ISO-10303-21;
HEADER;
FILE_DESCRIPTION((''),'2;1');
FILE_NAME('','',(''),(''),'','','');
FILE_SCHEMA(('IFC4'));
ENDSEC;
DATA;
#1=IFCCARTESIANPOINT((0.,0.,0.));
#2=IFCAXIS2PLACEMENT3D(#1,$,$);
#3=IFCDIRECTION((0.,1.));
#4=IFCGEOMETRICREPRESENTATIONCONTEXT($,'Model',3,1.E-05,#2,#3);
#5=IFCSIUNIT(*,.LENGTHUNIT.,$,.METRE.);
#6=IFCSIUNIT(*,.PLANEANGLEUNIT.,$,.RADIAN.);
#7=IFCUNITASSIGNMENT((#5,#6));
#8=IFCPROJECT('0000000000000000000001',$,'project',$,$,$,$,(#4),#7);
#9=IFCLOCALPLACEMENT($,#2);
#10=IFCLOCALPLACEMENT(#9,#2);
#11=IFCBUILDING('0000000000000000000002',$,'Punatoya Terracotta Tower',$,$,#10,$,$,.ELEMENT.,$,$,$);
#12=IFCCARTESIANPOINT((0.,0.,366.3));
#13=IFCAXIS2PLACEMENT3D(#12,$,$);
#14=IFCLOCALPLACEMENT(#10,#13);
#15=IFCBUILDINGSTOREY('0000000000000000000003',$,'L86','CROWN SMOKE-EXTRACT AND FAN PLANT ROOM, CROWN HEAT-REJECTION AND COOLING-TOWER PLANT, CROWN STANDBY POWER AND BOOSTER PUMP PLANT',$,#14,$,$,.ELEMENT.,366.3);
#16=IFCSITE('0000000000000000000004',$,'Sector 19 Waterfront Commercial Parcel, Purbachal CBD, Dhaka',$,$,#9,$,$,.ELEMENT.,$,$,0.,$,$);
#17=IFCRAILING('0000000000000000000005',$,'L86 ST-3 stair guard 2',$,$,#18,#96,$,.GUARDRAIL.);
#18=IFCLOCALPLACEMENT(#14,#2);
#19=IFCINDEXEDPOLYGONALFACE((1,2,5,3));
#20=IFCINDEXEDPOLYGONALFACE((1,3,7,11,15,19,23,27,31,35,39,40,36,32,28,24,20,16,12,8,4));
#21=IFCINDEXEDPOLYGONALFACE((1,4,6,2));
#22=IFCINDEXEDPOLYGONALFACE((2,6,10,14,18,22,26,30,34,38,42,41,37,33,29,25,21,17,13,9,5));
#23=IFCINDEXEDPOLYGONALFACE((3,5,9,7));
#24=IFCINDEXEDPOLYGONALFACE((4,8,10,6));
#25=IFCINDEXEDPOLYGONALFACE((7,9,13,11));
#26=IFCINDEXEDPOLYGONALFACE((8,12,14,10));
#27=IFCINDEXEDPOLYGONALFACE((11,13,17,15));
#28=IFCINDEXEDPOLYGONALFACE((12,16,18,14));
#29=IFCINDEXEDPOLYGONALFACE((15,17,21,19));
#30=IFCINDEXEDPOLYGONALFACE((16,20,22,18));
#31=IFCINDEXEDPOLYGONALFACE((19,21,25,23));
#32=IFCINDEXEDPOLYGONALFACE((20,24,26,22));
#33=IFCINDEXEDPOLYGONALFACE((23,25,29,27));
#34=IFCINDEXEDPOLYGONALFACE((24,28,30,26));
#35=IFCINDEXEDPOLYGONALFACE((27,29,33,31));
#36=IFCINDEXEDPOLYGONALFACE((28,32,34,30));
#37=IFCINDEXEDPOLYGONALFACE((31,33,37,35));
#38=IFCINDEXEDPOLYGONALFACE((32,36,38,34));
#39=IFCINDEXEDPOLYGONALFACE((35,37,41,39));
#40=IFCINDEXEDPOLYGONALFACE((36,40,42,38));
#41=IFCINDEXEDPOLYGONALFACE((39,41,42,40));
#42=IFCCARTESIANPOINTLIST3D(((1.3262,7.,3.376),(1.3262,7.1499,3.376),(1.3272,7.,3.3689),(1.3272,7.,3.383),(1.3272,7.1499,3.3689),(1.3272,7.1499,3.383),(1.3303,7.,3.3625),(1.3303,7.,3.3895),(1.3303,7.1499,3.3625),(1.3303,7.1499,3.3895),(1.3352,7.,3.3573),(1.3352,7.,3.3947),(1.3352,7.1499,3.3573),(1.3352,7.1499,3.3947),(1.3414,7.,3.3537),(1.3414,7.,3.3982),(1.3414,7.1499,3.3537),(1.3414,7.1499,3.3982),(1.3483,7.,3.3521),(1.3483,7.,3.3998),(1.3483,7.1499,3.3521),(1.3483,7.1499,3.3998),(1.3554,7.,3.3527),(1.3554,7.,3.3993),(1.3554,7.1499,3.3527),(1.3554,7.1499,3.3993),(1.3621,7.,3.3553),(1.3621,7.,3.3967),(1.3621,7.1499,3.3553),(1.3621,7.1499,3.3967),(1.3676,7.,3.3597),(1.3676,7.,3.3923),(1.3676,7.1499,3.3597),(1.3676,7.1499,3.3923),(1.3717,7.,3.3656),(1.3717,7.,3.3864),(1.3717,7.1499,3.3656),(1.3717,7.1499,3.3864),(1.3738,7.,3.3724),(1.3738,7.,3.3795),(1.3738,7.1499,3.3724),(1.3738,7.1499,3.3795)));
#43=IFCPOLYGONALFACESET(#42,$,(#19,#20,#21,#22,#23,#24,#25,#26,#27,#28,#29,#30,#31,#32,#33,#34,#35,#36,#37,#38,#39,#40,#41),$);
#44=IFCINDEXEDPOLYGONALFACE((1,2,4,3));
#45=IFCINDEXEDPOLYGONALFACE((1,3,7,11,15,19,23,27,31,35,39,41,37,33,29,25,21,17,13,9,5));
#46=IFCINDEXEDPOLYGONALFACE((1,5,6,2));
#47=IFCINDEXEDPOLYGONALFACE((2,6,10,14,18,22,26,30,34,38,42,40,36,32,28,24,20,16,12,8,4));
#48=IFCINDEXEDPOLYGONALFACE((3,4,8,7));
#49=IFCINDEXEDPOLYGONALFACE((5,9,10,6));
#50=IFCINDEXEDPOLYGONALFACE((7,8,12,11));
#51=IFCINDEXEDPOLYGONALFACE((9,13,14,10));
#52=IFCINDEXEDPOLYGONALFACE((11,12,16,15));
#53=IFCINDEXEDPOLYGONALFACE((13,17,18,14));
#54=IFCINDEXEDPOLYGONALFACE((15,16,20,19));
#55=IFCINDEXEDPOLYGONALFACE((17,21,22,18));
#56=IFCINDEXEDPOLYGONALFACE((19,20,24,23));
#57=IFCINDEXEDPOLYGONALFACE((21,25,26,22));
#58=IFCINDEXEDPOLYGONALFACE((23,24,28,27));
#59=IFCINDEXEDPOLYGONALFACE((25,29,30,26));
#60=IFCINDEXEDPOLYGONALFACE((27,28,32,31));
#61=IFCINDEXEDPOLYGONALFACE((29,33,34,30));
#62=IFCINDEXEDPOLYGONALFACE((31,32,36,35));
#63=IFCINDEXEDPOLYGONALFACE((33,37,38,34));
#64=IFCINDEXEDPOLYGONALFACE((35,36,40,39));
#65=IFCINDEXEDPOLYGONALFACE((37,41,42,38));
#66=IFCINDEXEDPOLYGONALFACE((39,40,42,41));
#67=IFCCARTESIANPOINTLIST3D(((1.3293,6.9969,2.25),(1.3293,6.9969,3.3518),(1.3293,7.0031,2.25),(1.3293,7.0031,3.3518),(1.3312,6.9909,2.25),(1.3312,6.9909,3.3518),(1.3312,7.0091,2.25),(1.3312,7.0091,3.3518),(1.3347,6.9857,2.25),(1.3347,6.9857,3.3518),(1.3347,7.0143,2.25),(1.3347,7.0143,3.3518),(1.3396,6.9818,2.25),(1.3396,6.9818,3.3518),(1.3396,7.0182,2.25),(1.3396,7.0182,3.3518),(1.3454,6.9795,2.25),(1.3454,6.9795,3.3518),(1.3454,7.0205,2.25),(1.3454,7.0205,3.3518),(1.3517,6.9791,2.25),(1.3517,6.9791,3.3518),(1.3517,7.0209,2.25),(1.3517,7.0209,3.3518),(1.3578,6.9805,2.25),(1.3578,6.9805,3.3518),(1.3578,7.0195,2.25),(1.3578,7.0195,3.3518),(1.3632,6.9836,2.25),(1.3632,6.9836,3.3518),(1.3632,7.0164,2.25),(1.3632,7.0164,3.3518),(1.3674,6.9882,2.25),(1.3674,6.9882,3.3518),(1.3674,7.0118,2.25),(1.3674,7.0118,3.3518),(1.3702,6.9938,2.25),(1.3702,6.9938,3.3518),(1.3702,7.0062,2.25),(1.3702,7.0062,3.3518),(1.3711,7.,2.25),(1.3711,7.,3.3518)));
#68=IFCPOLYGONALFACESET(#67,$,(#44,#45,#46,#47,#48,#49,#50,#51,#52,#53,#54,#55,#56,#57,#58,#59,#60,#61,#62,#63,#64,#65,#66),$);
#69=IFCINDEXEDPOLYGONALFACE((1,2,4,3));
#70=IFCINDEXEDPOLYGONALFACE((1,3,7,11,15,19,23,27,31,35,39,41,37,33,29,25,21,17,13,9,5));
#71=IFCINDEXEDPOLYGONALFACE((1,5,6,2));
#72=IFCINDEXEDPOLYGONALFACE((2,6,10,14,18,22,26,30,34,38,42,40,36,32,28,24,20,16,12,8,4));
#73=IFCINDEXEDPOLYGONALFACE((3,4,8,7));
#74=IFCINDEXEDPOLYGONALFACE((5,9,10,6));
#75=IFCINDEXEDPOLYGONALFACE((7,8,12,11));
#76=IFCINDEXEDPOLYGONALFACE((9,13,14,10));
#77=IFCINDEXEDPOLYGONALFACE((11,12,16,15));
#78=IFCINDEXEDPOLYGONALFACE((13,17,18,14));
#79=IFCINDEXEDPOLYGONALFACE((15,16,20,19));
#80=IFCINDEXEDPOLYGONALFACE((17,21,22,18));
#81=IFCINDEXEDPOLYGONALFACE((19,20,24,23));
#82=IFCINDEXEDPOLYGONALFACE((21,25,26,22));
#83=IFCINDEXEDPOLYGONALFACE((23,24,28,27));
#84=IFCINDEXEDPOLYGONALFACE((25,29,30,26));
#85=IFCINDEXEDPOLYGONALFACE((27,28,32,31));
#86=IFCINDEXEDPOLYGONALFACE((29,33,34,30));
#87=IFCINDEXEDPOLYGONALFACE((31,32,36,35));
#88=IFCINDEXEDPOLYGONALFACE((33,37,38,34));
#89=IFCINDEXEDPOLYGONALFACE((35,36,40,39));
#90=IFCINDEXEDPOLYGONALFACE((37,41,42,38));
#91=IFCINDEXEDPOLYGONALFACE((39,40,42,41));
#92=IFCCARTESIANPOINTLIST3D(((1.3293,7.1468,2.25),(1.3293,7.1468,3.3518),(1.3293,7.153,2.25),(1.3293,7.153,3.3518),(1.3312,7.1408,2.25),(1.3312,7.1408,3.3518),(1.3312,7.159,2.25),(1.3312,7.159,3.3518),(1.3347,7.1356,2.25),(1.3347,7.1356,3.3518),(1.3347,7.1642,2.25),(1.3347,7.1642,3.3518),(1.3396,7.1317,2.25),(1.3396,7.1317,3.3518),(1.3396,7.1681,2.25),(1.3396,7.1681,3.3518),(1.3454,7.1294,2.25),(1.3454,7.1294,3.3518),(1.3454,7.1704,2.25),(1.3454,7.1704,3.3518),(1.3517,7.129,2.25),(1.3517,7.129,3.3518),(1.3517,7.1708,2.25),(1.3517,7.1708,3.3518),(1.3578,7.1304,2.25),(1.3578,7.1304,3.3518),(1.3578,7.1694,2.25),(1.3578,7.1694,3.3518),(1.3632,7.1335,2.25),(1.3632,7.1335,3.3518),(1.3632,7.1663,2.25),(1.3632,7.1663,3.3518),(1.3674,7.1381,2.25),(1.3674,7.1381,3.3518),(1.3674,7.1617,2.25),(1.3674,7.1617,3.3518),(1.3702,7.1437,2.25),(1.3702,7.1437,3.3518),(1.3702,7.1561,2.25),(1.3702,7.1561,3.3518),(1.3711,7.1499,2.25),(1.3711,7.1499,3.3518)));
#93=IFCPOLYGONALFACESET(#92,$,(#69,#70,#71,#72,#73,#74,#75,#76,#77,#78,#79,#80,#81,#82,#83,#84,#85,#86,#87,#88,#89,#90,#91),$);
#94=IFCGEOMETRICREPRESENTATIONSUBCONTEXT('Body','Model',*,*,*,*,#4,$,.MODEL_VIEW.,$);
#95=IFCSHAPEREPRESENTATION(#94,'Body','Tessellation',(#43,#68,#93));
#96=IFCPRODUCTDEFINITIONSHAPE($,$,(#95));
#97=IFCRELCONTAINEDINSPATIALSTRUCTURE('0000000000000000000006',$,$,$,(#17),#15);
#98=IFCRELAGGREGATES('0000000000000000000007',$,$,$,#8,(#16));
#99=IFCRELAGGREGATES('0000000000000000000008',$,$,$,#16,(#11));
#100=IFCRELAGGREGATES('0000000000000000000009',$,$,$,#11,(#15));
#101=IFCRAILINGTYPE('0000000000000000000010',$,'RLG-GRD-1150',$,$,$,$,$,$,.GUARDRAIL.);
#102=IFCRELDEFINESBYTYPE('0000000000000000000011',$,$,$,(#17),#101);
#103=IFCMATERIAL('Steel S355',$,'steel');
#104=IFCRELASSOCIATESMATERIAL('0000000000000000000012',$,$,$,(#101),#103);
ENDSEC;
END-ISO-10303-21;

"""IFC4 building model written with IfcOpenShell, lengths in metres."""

from ifc_helpers import new_model, si_unit, direction, frame, origin, origin_2d, place, context, subcontext, project, spatial, circle, extrude, material, type_object, element, save


model = new_model("IFC4")

# Units and contexts
model_context = context("Model", 3, precision=1e-05, world=origin(), true_north=direction((0.0, 1.0)))
body_context = subcontext(model_context, "Body", "Model", "MODEL_VIEW")
ifc_project = project(units=[si_unit("LENGTHUNIT", "METRE"), si_unit("PLANEANGLEUNIT", "RADIAN")], contexts=[model_context])

# Site, building, storey
site_placement = place(None, origin())
site = spatial("IfcSite", under=ifc_project, at=site_placement, Name="Sector 19 Waterfront Commercial Parcel, Purbachal CBD, Dhaka", CompositionType="ELEMENT", RefElevation=0.0)
building_placement = place(site_placement, origin())
building = spatial("IfcBuilding", under=site, at=building_placement, Name="Punatoya Terracotta Tower", CompositionType="ELEMENT")
storey_placement = place(building_placement, frame((0.0, 0.0, 366.3)))
storey = spatial("IfcBuildingStorey", under=building, at=storey_placement, Name="L86", Description="CROWN SMOKE-EXTRACT AND FAN PLANT ROOM, CROWN HEAT-REJECTION AND COOLING-TOWER PLANT, CROWN STANDBY POWER AND BOOSTER PUMP PLANT", CompositionType="ELEMENT", Elevation=366.3)

# Shared definitions
ifc_material_1 = material(Name="Steel S355", Category="steel")

# Railing
railing_type_1 = type_object("IfcRailingType", Name="RLG-GRD-1150", PredefinedType="GUARDRAIL", material=ifc_material_1)
railing_1_placement = place(storey_placement, frame((1.3501, 7.0, 2.25)))
element("IfcRailing", 1, at=railing_1_placement, inside=storey, type_object=railing_type_1, Name="L86 ST-3 stair guard 2", PredefinedType="GUARDRAIL", context=body_context, shape_type="SweptSolid", body=[
    extrude(circle(Radius=0.0239, at=origin_2d()), frame((0.0, 0.0, 1.126), z_axis=(0.0, 1.0, 0.0), x_axis=(-1.0, 0.0, 0.0)), (0.0, 0.0, 1.0), 0.1499),
    extrude(circle(Radius=0.021, at=origin_2d()), origin(), (0.0, 0.0, 1.0), 1.1018),
    extrude(circle(Radius=0.021, at=origin_2d()), frame((0.0, 0.1499, 0.0)), (0.0, 0.0, 1.0), 1.1018),
])

save(model, "model.ifc")
